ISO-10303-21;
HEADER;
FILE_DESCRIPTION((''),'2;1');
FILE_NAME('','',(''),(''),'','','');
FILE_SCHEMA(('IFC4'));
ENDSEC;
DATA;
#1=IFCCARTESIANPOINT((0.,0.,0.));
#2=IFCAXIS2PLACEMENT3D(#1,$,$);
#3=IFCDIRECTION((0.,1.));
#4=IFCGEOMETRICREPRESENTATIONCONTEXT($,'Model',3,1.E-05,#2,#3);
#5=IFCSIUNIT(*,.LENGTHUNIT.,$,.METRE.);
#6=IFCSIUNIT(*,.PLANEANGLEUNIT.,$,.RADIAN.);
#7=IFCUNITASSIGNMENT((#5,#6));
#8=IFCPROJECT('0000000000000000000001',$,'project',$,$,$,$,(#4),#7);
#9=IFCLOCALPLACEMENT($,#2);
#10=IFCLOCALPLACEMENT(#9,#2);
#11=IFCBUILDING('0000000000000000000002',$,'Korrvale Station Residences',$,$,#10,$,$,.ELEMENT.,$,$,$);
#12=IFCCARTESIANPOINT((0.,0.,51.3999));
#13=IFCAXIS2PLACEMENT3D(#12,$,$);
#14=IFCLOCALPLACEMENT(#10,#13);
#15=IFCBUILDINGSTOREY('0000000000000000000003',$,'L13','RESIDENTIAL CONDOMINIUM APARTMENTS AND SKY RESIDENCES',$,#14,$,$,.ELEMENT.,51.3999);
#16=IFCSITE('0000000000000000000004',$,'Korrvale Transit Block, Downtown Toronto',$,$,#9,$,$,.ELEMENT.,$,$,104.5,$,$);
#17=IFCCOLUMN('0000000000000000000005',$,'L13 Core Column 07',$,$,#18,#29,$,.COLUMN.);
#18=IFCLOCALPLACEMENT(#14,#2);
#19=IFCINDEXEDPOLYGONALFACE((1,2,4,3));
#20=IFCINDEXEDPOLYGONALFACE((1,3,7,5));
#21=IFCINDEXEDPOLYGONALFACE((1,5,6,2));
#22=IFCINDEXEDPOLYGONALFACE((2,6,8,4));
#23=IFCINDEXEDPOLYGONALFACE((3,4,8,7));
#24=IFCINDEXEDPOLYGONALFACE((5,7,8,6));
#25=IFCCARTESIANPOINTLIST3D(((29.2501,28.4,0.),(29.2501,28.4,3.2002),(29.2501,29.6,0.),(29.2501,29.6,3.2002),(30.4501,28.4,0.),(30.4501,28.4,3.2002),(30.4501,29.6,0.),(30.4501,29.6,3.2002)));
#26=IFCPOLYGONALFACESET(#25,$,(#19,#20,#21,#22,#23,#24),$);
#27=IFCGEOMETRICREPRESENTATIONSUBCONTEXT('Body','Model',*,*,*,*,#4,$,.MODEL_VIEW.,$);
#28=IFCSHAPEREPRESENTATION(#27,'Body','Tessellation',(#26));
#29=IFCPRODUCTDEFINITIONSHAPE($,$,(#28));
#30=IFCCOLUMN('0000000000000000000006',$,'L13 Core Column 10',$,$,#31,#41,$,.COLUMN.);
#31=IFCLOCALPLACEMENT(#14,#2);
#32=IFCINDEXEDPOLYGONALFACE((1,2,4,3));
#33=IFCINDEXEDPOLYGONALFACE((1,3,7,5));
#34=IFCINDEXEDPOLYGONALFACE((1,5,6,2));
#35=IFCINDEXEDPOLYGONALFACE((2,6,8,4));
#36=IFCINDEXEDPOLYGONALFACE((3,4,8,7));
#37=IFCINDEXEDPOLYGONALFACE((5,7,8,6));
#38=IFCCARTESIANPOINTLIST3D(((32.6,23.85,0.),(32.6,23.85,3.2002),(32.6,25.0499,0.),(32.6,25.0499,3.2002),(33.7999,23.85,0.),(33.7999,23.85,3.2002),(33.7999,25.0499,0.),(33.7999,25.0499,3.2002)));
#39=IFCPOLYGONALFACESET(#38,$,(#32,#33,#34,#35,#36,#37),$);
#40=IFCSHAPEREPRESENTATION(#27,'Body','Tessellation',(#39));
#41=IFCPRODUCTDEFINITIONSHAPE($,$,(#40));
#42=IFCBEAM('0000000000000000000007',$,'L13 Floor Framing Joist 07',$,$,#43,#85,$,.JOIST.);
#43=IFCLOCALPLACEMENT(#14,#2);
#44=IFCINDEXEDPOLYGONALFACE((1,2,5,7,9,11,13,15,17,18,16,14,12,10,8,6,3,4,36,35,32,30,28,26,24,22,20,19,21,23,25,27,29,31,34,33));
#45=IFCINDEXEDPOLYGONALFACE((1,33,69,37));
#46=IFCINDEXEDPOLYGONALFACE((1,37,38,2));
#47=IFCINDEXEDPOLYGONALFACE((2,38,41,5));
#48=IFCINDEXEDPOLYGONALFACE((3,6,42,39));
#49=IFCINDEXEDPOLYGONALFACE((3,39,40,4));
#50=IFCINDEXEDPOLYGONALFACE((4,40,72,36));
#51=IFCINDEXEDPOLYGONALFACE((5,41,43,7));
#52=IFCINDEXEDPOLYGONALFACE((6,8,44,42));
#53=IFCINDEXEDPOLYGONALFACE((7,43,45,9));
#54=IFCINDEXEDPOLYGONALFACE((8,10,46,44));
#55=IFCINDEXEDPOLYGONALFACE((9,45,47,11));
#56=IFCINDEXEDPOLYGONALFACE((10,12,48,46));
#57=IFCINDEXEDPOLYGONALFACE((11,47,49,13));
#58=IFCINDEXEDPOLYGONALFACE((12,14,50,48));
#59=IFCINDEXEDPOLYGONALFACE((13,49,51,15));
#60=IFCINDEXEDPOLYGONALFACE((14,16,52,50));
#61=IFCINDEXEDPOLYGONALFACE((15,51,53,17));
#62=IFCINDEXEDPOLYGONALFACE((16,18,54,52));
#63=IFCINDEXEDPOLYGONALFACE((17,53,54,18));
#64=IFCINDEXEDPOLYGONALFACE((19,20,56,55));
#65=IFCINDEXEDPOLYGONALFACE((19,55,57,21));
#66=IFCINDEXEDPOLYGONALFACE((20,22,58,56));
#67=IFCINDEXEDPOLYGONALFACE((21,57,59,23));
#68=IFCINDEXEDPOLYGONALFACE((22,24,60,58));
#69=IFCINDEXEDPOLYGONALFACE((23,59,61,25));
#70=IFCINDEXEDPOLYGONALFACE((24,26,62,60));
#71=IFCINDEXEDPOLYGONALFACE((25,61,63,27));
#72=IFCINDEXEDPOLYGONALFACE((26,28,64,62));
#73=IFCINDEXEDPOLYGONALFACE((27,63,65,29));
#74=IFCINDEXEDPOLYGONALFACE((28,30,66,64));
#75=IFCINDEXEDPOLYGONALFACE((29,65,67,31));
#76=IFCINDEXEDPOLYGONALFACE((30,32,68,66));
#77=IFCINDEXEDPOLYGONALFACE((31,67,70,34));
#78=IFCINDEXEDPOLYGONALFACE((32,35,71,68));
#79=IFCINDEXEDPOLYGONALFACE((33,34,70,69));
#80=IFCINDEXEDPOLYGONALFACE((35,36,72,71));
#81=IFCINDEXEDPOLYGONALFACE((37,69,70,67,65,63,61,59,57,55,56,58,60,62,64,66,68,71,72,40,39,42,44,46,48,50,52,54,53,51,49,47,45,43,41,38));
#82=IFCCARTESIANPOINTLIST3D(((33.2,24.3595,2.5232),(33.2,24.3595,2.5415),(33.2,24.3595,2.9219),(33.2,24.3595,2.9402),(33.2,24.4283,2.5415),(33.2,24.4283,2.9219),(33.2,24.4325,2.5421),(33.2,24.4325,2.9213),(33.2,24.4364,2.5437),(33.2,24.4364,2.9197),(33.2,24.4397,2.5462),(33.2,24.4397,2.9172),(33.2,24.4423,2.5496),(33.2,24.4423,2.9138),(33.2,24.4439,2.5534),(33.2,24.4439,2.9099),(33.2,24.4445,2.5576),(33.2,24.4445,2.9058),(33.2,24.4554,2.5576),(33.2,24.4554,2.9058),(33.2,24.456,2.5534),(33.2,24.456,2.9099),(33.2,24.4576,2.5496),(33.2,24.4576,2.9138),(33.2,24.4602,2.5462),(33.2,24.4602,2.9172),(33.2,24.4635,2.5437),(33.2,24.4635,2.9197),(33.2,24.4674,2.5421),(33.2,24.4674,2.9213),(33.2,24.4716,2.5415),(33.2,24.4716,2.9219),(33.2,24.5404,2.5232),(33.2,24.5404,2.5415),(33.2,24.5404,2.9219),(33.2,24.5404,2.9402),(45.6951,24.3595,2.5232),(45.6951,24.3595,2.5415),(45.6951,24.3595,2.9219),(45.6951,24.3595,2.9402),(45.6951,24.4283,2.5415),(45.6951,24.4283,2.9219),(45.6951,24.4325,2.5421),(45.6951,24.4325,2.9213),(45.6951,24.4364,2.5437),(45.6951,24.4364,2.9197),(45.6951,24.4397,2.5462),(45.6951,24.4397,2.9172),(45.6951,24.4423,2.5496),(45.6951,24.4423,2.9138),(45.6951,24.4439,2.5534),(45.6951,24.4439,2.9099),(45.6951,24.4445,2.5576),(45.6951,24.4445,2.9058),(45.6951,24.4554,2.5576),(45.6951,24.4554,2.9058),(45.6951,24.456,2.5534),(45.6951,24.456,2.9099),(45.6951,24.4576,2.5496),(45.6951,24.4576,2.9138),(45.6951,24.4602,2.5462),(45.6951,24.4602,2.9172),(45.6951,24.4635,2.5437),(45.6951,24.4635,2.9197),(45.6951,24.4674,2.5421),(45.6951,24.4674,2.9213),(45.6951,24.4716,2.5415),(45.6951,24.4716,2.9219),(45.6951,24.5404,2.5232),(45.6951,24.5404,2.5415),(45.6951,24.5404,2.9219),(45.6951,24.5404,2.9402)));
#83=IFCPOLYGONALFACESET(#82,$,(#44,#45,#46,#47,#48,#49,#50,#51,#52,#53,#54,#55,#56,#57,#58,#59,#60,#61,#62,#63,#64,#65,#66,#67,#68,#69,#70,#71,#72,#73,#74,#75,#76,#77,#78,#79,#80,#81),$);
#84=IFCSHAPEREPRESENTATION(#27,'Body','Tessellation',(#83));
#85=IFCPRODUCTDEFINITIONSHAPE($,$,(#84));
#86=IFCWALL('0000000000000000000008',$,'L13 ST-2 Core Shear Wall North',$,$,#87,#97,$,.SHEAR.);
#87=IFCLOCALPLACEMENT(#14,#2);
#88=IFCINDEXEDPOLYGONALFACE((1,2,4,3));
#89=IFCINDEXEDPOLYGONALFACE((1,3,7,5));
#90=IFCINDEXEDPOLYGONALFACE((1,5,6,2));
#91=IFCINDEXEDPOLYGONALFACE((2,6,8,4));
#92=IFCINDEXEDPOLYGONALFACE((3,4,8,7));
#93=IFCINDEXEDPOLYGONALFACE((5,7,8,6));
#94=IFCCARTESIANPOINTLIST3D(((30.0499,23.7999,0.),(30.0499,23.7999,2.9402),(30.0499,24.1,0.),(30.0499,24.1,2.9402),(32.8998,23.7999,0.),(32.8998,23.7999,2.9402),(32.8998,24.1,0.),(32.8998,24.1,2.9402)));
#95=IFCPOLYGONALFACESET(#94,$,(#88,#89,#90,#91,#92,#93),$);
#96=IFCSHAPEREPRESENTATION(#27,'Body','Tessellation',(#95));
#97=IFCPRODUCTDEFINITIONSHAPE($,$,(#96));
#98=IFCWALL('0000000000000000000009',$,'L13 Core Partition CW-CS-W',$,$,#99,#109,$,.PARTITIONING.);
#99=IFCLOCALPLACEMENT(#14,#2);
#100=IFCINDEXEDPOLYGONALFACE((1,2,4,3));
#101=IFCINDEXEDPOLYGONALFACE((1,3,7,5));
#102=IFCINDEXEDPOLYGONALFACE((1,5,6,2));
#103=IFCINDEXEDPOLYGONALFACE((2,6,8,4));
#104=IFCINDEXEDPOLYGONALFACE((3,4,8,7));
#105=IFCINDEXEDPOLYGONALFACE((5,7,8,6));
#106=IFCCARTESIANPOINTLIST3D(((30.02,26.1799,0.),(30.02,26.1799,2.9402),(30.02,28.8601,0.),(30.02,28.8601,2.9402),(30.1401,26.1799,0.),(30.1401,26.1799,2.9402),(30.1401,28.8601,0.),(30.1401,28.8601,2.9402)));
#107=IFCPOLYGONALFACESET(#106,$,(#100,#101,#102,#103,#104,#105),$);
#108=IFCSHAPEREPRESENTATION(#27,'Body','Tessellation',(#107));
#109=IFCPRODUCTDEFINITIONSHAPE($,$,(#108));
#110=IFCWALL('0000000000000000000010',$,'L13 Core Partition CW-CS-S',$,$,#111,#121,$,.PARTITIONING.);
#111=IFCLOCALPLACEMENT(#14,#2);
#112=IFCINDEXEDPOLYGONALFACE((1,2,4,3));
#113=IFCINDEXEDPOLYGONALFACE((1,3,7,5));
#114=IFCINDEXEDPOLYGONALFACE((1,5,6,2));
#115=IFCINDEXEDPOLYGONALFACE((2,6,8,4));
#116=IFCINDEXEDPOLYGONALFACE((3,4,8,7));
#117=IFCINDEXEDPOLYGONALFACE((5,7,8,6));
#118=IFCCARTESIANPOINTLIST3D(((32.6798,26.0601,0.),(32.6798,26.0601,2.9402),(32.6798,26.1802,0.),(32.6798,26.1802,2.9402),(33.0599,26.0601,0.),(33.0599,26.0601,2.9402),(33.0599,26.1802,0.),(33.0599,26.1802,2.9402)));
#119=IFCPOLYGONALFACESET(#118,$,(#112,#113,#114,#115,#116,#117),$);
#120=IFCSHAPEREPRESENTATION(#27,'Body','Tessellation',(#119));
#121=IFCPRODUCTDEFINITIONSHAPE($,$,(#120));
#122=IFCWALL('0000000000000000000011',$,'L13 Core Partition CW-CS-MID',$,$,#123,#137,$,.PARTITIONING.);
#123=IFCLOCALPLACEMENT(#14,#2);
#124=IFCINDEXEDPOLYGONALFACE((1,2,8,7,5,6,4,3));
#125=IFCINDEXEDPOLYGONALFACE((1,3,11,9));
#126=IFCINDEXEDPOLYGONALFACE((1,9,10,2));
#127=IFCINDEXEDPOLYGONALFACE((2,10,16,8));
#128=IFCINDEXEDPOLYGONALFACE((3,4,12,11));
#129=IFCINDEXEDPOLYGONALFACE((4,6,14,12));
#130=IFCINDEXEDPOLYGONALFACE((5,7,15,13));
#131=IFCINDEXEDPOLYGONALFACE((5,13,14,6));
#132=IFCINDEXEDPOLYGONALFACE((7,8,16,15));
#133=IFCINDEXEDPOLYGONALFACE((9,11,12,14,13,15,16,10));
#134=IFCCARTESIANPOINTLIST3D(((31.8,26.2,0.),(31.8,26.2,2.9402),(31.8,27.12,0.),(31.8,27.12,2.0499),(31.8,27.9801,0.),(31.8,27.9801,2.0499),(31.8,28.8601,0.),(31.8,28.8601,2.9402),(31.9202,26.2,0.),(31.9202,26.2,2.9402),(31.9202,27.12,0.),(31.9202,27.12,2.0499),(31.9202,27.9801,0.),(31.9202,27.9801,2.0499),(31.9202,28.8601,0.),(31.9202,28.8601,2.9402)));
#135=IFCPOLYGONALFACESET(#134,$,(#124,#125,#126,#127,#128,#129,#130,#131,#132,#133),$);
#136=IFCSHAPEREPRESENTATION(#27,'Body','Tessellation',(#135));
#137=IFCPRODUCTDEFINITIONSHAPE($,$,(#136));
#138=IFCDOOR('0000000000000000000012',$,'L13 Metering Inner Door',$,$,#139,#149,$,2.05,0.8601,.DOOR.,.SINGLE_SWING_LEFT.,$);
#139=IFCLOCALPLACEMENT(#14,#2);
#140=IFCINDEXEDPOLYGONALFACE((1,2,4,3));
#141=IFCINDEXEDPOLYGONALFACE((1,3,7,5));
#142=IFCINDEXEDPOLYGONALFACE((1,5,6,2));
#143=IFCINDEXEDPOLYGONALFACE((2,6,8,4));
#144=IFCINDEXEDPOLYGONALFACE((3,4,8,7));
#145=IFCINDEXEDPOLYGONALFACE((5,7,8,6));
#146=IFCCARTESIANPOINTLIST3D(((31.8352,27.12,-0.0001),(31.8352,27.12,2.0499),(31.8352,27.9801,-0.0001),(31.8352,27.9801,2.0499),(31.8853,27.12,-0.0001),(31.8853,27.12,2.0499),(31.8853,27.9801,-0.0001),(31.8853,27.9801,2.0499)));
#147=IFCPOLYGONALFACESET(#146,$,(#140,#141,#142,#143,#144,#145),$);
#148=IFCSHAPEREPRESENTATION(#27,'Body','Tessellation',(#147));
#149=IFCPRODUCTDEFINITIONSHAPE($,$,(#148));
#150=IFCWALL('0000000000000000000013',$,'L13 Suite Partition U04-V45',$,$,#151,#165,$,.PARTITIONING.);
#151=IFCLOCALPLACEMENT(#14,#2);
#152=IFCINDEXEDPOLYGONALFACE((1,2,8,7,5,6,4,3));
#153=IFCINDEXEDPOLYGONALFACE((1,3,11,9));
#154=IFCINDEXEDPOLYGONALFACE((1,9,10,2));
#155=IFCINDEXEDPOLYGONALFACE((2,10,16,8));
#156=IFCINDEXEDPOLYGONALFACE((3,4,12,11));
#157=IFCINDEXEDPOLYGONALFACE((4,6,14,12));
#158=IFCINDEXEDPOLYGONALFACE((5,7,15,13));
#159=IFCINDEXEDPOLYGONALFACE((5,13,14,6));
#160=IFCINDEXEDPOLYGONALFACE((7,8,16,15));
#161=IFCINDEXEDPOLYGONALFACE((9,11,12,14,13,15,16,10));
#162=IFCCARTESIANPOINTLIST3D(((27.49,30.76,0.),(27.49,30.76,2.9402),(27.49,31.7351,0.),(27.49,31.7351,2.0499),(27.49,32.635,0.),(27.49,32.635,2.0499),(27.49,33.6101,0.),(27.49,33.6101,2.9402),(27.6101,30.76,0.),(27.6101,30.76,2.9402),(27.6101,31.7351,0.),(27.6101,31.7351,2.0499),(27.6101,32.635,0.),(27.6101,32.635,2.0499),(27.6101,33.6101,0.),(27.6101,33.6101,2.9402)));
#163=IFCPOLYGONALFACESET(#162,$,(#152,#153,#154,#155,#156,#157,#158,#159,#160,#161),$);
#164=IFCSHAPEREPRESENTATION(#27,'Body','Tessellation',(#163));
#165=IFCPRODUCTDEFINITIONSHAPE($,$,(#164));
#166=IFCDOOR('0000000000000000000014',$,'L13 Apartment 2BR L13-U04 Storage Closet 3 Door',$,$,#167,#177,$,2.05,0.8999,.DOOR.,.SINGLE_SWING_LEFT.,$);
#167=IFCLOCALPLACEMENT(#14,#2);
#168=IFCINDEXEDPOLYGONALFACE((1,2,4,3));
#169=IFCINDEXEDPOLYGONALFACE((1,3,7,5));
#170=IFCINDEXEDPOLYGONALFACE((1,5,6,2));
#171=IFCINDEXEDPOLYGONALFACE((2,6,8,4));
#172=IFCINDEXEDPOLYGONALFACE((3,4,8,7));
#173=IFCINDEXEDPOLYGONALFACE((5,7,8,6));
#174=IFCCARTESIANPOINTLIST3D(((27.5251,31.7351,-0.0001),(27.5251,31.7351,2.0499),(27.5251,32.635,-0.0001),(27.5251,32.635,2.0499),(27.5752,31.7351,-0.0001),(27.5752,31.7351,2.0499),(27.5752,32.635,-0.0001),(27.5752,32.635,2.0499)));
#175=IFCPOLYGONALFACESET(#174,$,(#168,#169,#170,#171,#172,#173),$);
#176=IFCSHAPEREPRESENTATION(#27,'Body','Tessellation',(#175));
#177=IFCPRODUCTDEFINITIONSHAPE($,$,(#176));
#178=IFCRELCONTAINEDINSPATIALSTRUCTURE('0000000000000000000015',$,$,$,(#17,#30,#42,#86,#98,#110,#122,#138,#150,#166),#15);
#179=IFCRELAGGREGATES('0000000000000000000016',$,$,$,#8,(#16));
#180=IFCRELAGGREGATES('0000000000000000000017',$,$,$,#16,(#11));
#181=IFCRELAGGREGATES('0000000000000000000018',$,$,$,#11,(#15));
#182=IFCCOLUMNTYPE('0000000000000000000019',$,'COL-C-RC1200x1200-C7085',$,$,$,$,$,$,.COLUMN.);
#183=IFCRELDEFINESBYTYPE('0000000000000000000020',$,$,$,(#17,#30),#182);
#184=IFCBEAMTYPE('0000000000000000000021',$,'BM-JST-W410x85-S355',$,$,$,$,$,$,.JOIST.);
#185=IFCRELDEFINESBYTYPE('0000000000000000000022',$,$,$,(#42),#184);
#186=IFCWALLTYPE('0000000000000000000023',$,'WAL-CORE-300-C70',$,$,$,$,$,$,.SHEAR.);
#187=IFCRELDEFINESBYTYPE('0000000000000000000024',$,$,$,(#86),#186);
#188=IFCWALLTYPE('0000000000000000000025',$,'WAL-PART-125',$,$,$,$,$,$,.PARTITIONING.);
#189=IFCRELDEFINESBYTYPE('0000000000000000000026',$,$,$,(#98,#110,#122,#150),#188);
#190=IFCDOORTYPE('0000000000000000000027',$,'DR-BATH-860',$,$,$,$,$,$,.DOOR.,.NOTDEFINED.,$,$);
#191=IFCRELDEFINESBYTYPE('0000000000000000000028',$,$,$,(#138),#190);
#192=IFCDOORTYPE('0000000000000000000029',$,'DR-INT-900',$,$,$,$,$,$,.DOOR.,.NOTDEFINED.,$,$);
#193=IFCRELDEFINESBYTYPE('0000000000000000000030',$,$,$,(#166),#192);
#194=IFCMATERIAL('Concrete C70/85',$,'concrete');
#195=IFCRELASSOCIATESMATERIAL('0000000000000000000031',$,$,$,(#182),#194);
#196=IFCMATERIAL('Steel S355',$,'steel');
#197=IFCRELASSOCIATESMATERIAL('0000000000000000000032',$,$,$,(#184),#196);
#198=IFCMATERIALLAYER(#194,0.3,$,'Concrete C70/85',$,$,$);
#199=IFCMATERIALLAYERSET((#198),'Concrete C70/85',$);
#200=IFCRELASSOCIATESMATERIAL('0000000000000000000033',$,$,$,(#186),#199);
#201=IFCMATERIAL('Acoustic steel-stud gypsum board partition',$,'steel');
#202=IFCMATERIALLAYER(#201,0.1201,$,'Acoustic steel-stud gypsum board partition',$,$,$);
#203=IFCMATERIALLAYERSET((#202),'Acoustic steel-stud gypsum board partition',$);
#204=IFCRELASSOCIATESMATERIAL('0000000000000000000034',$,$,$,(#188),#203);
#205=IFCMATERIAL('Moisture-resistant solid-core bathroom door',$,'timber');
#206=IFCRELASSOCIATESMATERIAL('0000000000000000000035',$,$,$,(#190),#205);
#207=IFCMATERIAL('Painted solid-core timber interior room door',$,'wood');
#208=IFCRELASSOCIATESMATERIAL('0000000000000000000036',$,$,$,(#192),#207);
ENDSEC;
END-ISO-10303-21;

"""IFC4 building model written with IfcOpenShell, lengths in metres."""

from ifc_helpers import new_model, si_unit, direction, frame, frame_2d, origin, origin_2d, place, context, subcontext, project, spatial, rectangle, i_section, extrude, material, layer, layer_set, material_profile, profile_set, type_object, element, fill, save


model = new_model("IFC4")

# Units and contexts
model_context = context("Model", 3, precision=1e-05, world=origin(), true_north=direction((0.0, 1.0)))
body_context = subcontext(model_context, "Body", "Model", "MODEL_VIEW")
ifc_project = project(units=[si_unit("LENGTHUNIT", "METRE"), si_unit("PLANEANGLEUNIT", "RADIAN")], contexts=[model_context])

# Site, building, storey
site_placement = place(None, origin())
site = spatial("IfcSite", under=ifc_project, at=site_placement, Name="Korrvale Transit Block, Downtown Toronto", CompositionType="ELEMENT", RefElevation=104.5)
building_placement = place(site_placement, origin())
building = spatial("IfcBuilding", under=site, at=building_placement, Name="Korrvale Station Residences", CompositionType="ELEMENT")
storey_placement = place(building_placement, frame((0.0, 0.0, 51.3999)))
storey = spatial("IfcBuildingStorey", under=building, at=storey_placement, Name="L13", Description="RESIDENTIAL CONDOMINIUM APARTMENTS AND SKY RESIDENCES", CompositionType="ELEMENT", Elevation=51.3999)

# Columns
ifc_material_1 = material(Name="Concrete C70/85", Category="concrete")
ifc_material_profile_1 = material_profile(ifc_material_1, rectangle(XDim=1.2, YDim=1.2, at=origin_2d()), Name="RC1200x1200")
ifc_profile_set_1 = profile_set([ifc_material_profile_1], Name="Concrete C70/85")
column_type = type_object("IfcColumnType", Name="COL-C-RC1200x1200-C7085", PredefinedType="COLUMN", material=ifc_profile_set_1)
for number, where, z_axis, x_axis, name in (
    (1, (29.8501, 29.0, 0.0), (0.0, 0.0, 1.0), (1.0, 0.0, 0.0), "L13 Core Column 07"),
    (2, (33.2, 24.45, 0.0), (0.0, 0.0, 1.0), (1.0, 0.0, 0.0), "L13 Core Column 10"),
):
    element("IfcColumn", number, at=place(storey_placement, frame(where, z_axis=z_axis, x_axis=x_axis)), inside=storey, type_object=column_type, Name=name, PredefinedType="COLUMN", context=body_context, shape_type="SweptSolid", body=[
        extrude(rectangle(XDim=1.2, YDim=1.2, at=origin_2d()), origin(), (0.0, 0.0, 1.0), 3.2002),
    ])

# Beam
ifc_material_2 = material(Name="Steel S355", Category="steel")
ifc_material_profile_2 = material_profile(ifc_material_2, i_section(OverallWidth=0.1809, OverallDepth=0.417, WebThickness=0.011, FlangeThickness=0.0183, FilletRadius=0.0161, at=origin_2d()), Name="W410x85")
ifc_profile_set_2 = profile_set([ifc_material_profile_2], Name="Steel S355")
beam_type = type_object("IfcBeamType", Name="BM-JST-W410x85-S355", PredefinedType="JOIST", material=ifc_profile_set_2)
beam_placement = place(storey_placement, frame((33.2, 24.45, 2.7317), z_axis=(1.0, 0.0, 0.0), x_axis=(0.0, 1.0, 0.0)))
element("IfcBeam", 3, at=beam_placement, inside=storey, type_object=beam_type, Name="L13 Floor Framing Joist 07", PredefinedType="JOIST", context=body_context, shape_type="SweptSolid", body=[
    extrude(i_section(OverallWidth=0.1809, OverallDepth=0.417, WebThickness=0.011, FlangeThickness=0.0183, FilletRadius=0.0161, at=origin_2d()), origin(), (0.0, 0.0, 1.0), 12.4951),
])

# Walls
ifc_layer_1 = layer(ifc_material_1, 0.3, Name="Concrete C70/85")
ifc_layer_set_1 = layer_set([ifc_layer_1], Name="Concrete C70/85")
wall_type_1 = type_object("IfcWallType", Name="WAL-CORE-300-C70", PredefinedType="SHEAR", material=ifc_layer_set_1)
wall_1_placement = place(storey_placement, frame((30.05, 23.95, 0.0), z_axis=(0.0, 0.0, 1.0), x_axis=(1.0, 0.0, 0.0)))
element("IfcWall", 4, at=wall_1_placement, inside=storey, type_object=wall_type_1, Name="L13 ST-2 Core Shear Wall North", PredefinedType="SHEAR", context=body_context, shape_type="SweptSolid", body=[
    extrude(rectangle(XDim=2.8499, YDim=0.3, at=frame_2d((1.4248, 0.0))), origin(), (0.0, 0.0, 1.0), 2.9402),
])
ifc_material_3 = material(Name="Acoustic steel-stud gypsum board partition", Category="steel")
ifc_layer_2 = layer(ifc_material_3, 0.1201, Name="Acoustic steel-stud gypsum board partition")
ifc_layer_set_2 = layer_set([ifc_layer_2], Name="Acoustic steel-stud gypsum board partition")
wall_type_2 = type_object("IfcWallType", Name="WAL-PART-125", PredefinedType="PARTITIONING", material=ifc_layer_set_2)
wall_2_placement = place(storey_placement, frame((30.0801, 26.1799, 0.0), z_axis=(0.0, 0.0, 1.0), x_axis=(0.0, 1.0, 0.0)))
element("IfcWall", 5, at=wall_2_placement, inside=storey, type_object=wall_type_2, Name="L13 Core Partition CW-CS-W", PredefinedType="PARTITIONING", context=body_context, shape_type="SweptSolid", body=[
    extrude(rectangle(XDim=2.6802, YDim=0.1201, at=frame_2d((1.3401, 0.0))), origin(), (0.0, 0.0, 1.0), 2.9402),
])
wall_3_placement = place(storey_placement, frame((32.6799, 26.1201, 0.0), z_axis=(0.0, 0.0, 1.0), x_axis=(1.0, 0.0, 0.0)))
element("IfcWall", 6, at=wall_3_placement, inside=storey, type_object=wall_type_2, Name="L13 Core Partition CW-CS-S", PredefinedType="PARTITIONING", context=body_context, shape_type="SweptSolid", body=[
    extrude(rectangle(XDim=0.3801, YDim=0.1201, at=frame_2d((0.1899, 0.0))), origin(), (0.0, 0.0, 1.0), 2.9402),
])

# Walls, openings, doors
wall_4_placement = place(storey_placement, frame((31.8601, 26.2, 0.0), z_axis=(0.0, 0.0, 1.0), x_axis=(0.0, 1.0, 0.0)))
wall_4 = element("IfcWall", 7, at=wall_4_placement, inside=storey, type_object=wall_type_2, Name="L13 Core Partition CW-CS-MID", PredefinedType="PARTITIONING", context=body_context, shape_type="SweptSolid", body=[
    extrude(rectangle(XDim=2.6602, YDim=0.1201, at=frame_2d((1.3301, 0.0))), origin(), (0.0, 0.0, 1.0), 2.9402),
])
opening_1_placement = place(wall_4_placement, frame((0.9199, 0.0, 0.0)))
opening_1 = element("IfcOpeningElement", 8, at=opening_1_placement, cuts=wall_4, PredefinedType="OPENING", context=body_context, shape_type="SweptSolid", body=[
    extrude(rectangle(XDim=0.8601, YDim=2.05, at=frame_2d((0.4302, 1.0249))), frame((0.0, 0.0701, 0.0), z_axis=(0.0, -1.0, 0.0), x_axis=(1.0, 0.0, 0.0)), (0.0, 0.0, 1.0), 0.1401),
])
ifc_material_4 = material(Name="Moisture-resistant solid-core bathroom door", Category="timber")
door_type_1 = type_object("IfcDoorType", Name="DR-BATH-860", OperationType="NOTDEFINED", PredefinedType="DOOR", material=ifc_material_4)
door_1_placement = place(opening_1_placement, origin())
door_1 = element("IfcDoor", 9, at=door_1_placement, inside=storey, type_object=door_type_1, Name="L13 Metering Inner Door", OperationType="SINGLE_SWING_LEFT", OverallHeight=2.05, OverallWidth=0.8601, PredefinedType="DOOR", context=body_context, shape_type="SweptSolid", body=[
    extrude(rectangle(XDim=0.8601, YDim=2.05, at=frame_2d((0.4302, 1.0249))), frame((0.0, 0.0249, 0.0), z_axis=(0.0, -1.0, 0.0), x_axis=(1.0, 0.0, 0.0)), (0.0, 0.0, 1.0), 0.05),
])
fill(opening_1, door_1)
wall_5_placement = place(storey_placement, frame((27.55, 30.76, 0.0), z_axis=(0.0, 0.0, 1.0), x_axis=(0.0, 1.0, 0.0)))
wall_5 = element("IfcWall", 10, at=wall_5_placement, inside=storey, type_object=wall_type_2, Name="L13 Suite Partition U04-V45", PredefinedType="PARTITIONING", context=body_context, shape_type="SweptSolid", body=[
    extrude(rectangle(XDim=2.8501, YDim=0.1201, at=frame_2d((1.425, 0.0))), origin(), (0.0, 0.0, 1.0), 2.9402),
])
opening_2_placement = place(wall_5_placement, frame((0.9751, 0.0, 0.0)))
opening_2 = element("IfcOpeningElement", 11, at=opening_2_placement, cuts=wall_5, PredefinedType="OPENING", context=body_context, shape_type="SweptSolid", body=[
    extrude(rectangle(XDim=0.8999, YDim=2.05, at=frame_2d((0.45, 1.0249))), frame((0.0, 0.0701, 0.0), z_axis=(0.0, -1.0, 0.0), x_axis=(1.0, 0.0, 0.0)), (0.0, 0.0, 1.0), 0.1401),
])
ifc_material_5 = material(Name="Painted solid-core timber interior room door", Category="wood")
door_type_2 = type_object("IfcDoorType", Name="DR-INT-900", OperationType="NOTDEFINED", PredefinedType="DOOR", material=ifc_material_5)
door_2_placement = place(opening_2_placement, origin())
door_2 = element("IfcDoor", 12, at=door_2_placement, inside=storey, type_object=door_type_2, Name="L13 Apartment 2BR L13-U04 Storage Closet 3 Door", OperationType="SINGLE_SWING_LEFT", OverallHeight=2.05, OverallWidth=0.8999, PredefinedType="DOOR", context=body_context, shape_type="SweptSolid", body=[
    extrude(rectangle(XDim=0.8999, YDim=2.05, at=frame_2d((0.45, 1.0249))), frame((0.0, 0.0249, 0.0), z_axis=(0.0, -1.0, 0.0), x_axis=(1.0, 0.0, 0.0)), (0.0, 0.0, 1.0), 0.05),
])
fill(opening_2, door_2)

save(model, "model.ifc")
